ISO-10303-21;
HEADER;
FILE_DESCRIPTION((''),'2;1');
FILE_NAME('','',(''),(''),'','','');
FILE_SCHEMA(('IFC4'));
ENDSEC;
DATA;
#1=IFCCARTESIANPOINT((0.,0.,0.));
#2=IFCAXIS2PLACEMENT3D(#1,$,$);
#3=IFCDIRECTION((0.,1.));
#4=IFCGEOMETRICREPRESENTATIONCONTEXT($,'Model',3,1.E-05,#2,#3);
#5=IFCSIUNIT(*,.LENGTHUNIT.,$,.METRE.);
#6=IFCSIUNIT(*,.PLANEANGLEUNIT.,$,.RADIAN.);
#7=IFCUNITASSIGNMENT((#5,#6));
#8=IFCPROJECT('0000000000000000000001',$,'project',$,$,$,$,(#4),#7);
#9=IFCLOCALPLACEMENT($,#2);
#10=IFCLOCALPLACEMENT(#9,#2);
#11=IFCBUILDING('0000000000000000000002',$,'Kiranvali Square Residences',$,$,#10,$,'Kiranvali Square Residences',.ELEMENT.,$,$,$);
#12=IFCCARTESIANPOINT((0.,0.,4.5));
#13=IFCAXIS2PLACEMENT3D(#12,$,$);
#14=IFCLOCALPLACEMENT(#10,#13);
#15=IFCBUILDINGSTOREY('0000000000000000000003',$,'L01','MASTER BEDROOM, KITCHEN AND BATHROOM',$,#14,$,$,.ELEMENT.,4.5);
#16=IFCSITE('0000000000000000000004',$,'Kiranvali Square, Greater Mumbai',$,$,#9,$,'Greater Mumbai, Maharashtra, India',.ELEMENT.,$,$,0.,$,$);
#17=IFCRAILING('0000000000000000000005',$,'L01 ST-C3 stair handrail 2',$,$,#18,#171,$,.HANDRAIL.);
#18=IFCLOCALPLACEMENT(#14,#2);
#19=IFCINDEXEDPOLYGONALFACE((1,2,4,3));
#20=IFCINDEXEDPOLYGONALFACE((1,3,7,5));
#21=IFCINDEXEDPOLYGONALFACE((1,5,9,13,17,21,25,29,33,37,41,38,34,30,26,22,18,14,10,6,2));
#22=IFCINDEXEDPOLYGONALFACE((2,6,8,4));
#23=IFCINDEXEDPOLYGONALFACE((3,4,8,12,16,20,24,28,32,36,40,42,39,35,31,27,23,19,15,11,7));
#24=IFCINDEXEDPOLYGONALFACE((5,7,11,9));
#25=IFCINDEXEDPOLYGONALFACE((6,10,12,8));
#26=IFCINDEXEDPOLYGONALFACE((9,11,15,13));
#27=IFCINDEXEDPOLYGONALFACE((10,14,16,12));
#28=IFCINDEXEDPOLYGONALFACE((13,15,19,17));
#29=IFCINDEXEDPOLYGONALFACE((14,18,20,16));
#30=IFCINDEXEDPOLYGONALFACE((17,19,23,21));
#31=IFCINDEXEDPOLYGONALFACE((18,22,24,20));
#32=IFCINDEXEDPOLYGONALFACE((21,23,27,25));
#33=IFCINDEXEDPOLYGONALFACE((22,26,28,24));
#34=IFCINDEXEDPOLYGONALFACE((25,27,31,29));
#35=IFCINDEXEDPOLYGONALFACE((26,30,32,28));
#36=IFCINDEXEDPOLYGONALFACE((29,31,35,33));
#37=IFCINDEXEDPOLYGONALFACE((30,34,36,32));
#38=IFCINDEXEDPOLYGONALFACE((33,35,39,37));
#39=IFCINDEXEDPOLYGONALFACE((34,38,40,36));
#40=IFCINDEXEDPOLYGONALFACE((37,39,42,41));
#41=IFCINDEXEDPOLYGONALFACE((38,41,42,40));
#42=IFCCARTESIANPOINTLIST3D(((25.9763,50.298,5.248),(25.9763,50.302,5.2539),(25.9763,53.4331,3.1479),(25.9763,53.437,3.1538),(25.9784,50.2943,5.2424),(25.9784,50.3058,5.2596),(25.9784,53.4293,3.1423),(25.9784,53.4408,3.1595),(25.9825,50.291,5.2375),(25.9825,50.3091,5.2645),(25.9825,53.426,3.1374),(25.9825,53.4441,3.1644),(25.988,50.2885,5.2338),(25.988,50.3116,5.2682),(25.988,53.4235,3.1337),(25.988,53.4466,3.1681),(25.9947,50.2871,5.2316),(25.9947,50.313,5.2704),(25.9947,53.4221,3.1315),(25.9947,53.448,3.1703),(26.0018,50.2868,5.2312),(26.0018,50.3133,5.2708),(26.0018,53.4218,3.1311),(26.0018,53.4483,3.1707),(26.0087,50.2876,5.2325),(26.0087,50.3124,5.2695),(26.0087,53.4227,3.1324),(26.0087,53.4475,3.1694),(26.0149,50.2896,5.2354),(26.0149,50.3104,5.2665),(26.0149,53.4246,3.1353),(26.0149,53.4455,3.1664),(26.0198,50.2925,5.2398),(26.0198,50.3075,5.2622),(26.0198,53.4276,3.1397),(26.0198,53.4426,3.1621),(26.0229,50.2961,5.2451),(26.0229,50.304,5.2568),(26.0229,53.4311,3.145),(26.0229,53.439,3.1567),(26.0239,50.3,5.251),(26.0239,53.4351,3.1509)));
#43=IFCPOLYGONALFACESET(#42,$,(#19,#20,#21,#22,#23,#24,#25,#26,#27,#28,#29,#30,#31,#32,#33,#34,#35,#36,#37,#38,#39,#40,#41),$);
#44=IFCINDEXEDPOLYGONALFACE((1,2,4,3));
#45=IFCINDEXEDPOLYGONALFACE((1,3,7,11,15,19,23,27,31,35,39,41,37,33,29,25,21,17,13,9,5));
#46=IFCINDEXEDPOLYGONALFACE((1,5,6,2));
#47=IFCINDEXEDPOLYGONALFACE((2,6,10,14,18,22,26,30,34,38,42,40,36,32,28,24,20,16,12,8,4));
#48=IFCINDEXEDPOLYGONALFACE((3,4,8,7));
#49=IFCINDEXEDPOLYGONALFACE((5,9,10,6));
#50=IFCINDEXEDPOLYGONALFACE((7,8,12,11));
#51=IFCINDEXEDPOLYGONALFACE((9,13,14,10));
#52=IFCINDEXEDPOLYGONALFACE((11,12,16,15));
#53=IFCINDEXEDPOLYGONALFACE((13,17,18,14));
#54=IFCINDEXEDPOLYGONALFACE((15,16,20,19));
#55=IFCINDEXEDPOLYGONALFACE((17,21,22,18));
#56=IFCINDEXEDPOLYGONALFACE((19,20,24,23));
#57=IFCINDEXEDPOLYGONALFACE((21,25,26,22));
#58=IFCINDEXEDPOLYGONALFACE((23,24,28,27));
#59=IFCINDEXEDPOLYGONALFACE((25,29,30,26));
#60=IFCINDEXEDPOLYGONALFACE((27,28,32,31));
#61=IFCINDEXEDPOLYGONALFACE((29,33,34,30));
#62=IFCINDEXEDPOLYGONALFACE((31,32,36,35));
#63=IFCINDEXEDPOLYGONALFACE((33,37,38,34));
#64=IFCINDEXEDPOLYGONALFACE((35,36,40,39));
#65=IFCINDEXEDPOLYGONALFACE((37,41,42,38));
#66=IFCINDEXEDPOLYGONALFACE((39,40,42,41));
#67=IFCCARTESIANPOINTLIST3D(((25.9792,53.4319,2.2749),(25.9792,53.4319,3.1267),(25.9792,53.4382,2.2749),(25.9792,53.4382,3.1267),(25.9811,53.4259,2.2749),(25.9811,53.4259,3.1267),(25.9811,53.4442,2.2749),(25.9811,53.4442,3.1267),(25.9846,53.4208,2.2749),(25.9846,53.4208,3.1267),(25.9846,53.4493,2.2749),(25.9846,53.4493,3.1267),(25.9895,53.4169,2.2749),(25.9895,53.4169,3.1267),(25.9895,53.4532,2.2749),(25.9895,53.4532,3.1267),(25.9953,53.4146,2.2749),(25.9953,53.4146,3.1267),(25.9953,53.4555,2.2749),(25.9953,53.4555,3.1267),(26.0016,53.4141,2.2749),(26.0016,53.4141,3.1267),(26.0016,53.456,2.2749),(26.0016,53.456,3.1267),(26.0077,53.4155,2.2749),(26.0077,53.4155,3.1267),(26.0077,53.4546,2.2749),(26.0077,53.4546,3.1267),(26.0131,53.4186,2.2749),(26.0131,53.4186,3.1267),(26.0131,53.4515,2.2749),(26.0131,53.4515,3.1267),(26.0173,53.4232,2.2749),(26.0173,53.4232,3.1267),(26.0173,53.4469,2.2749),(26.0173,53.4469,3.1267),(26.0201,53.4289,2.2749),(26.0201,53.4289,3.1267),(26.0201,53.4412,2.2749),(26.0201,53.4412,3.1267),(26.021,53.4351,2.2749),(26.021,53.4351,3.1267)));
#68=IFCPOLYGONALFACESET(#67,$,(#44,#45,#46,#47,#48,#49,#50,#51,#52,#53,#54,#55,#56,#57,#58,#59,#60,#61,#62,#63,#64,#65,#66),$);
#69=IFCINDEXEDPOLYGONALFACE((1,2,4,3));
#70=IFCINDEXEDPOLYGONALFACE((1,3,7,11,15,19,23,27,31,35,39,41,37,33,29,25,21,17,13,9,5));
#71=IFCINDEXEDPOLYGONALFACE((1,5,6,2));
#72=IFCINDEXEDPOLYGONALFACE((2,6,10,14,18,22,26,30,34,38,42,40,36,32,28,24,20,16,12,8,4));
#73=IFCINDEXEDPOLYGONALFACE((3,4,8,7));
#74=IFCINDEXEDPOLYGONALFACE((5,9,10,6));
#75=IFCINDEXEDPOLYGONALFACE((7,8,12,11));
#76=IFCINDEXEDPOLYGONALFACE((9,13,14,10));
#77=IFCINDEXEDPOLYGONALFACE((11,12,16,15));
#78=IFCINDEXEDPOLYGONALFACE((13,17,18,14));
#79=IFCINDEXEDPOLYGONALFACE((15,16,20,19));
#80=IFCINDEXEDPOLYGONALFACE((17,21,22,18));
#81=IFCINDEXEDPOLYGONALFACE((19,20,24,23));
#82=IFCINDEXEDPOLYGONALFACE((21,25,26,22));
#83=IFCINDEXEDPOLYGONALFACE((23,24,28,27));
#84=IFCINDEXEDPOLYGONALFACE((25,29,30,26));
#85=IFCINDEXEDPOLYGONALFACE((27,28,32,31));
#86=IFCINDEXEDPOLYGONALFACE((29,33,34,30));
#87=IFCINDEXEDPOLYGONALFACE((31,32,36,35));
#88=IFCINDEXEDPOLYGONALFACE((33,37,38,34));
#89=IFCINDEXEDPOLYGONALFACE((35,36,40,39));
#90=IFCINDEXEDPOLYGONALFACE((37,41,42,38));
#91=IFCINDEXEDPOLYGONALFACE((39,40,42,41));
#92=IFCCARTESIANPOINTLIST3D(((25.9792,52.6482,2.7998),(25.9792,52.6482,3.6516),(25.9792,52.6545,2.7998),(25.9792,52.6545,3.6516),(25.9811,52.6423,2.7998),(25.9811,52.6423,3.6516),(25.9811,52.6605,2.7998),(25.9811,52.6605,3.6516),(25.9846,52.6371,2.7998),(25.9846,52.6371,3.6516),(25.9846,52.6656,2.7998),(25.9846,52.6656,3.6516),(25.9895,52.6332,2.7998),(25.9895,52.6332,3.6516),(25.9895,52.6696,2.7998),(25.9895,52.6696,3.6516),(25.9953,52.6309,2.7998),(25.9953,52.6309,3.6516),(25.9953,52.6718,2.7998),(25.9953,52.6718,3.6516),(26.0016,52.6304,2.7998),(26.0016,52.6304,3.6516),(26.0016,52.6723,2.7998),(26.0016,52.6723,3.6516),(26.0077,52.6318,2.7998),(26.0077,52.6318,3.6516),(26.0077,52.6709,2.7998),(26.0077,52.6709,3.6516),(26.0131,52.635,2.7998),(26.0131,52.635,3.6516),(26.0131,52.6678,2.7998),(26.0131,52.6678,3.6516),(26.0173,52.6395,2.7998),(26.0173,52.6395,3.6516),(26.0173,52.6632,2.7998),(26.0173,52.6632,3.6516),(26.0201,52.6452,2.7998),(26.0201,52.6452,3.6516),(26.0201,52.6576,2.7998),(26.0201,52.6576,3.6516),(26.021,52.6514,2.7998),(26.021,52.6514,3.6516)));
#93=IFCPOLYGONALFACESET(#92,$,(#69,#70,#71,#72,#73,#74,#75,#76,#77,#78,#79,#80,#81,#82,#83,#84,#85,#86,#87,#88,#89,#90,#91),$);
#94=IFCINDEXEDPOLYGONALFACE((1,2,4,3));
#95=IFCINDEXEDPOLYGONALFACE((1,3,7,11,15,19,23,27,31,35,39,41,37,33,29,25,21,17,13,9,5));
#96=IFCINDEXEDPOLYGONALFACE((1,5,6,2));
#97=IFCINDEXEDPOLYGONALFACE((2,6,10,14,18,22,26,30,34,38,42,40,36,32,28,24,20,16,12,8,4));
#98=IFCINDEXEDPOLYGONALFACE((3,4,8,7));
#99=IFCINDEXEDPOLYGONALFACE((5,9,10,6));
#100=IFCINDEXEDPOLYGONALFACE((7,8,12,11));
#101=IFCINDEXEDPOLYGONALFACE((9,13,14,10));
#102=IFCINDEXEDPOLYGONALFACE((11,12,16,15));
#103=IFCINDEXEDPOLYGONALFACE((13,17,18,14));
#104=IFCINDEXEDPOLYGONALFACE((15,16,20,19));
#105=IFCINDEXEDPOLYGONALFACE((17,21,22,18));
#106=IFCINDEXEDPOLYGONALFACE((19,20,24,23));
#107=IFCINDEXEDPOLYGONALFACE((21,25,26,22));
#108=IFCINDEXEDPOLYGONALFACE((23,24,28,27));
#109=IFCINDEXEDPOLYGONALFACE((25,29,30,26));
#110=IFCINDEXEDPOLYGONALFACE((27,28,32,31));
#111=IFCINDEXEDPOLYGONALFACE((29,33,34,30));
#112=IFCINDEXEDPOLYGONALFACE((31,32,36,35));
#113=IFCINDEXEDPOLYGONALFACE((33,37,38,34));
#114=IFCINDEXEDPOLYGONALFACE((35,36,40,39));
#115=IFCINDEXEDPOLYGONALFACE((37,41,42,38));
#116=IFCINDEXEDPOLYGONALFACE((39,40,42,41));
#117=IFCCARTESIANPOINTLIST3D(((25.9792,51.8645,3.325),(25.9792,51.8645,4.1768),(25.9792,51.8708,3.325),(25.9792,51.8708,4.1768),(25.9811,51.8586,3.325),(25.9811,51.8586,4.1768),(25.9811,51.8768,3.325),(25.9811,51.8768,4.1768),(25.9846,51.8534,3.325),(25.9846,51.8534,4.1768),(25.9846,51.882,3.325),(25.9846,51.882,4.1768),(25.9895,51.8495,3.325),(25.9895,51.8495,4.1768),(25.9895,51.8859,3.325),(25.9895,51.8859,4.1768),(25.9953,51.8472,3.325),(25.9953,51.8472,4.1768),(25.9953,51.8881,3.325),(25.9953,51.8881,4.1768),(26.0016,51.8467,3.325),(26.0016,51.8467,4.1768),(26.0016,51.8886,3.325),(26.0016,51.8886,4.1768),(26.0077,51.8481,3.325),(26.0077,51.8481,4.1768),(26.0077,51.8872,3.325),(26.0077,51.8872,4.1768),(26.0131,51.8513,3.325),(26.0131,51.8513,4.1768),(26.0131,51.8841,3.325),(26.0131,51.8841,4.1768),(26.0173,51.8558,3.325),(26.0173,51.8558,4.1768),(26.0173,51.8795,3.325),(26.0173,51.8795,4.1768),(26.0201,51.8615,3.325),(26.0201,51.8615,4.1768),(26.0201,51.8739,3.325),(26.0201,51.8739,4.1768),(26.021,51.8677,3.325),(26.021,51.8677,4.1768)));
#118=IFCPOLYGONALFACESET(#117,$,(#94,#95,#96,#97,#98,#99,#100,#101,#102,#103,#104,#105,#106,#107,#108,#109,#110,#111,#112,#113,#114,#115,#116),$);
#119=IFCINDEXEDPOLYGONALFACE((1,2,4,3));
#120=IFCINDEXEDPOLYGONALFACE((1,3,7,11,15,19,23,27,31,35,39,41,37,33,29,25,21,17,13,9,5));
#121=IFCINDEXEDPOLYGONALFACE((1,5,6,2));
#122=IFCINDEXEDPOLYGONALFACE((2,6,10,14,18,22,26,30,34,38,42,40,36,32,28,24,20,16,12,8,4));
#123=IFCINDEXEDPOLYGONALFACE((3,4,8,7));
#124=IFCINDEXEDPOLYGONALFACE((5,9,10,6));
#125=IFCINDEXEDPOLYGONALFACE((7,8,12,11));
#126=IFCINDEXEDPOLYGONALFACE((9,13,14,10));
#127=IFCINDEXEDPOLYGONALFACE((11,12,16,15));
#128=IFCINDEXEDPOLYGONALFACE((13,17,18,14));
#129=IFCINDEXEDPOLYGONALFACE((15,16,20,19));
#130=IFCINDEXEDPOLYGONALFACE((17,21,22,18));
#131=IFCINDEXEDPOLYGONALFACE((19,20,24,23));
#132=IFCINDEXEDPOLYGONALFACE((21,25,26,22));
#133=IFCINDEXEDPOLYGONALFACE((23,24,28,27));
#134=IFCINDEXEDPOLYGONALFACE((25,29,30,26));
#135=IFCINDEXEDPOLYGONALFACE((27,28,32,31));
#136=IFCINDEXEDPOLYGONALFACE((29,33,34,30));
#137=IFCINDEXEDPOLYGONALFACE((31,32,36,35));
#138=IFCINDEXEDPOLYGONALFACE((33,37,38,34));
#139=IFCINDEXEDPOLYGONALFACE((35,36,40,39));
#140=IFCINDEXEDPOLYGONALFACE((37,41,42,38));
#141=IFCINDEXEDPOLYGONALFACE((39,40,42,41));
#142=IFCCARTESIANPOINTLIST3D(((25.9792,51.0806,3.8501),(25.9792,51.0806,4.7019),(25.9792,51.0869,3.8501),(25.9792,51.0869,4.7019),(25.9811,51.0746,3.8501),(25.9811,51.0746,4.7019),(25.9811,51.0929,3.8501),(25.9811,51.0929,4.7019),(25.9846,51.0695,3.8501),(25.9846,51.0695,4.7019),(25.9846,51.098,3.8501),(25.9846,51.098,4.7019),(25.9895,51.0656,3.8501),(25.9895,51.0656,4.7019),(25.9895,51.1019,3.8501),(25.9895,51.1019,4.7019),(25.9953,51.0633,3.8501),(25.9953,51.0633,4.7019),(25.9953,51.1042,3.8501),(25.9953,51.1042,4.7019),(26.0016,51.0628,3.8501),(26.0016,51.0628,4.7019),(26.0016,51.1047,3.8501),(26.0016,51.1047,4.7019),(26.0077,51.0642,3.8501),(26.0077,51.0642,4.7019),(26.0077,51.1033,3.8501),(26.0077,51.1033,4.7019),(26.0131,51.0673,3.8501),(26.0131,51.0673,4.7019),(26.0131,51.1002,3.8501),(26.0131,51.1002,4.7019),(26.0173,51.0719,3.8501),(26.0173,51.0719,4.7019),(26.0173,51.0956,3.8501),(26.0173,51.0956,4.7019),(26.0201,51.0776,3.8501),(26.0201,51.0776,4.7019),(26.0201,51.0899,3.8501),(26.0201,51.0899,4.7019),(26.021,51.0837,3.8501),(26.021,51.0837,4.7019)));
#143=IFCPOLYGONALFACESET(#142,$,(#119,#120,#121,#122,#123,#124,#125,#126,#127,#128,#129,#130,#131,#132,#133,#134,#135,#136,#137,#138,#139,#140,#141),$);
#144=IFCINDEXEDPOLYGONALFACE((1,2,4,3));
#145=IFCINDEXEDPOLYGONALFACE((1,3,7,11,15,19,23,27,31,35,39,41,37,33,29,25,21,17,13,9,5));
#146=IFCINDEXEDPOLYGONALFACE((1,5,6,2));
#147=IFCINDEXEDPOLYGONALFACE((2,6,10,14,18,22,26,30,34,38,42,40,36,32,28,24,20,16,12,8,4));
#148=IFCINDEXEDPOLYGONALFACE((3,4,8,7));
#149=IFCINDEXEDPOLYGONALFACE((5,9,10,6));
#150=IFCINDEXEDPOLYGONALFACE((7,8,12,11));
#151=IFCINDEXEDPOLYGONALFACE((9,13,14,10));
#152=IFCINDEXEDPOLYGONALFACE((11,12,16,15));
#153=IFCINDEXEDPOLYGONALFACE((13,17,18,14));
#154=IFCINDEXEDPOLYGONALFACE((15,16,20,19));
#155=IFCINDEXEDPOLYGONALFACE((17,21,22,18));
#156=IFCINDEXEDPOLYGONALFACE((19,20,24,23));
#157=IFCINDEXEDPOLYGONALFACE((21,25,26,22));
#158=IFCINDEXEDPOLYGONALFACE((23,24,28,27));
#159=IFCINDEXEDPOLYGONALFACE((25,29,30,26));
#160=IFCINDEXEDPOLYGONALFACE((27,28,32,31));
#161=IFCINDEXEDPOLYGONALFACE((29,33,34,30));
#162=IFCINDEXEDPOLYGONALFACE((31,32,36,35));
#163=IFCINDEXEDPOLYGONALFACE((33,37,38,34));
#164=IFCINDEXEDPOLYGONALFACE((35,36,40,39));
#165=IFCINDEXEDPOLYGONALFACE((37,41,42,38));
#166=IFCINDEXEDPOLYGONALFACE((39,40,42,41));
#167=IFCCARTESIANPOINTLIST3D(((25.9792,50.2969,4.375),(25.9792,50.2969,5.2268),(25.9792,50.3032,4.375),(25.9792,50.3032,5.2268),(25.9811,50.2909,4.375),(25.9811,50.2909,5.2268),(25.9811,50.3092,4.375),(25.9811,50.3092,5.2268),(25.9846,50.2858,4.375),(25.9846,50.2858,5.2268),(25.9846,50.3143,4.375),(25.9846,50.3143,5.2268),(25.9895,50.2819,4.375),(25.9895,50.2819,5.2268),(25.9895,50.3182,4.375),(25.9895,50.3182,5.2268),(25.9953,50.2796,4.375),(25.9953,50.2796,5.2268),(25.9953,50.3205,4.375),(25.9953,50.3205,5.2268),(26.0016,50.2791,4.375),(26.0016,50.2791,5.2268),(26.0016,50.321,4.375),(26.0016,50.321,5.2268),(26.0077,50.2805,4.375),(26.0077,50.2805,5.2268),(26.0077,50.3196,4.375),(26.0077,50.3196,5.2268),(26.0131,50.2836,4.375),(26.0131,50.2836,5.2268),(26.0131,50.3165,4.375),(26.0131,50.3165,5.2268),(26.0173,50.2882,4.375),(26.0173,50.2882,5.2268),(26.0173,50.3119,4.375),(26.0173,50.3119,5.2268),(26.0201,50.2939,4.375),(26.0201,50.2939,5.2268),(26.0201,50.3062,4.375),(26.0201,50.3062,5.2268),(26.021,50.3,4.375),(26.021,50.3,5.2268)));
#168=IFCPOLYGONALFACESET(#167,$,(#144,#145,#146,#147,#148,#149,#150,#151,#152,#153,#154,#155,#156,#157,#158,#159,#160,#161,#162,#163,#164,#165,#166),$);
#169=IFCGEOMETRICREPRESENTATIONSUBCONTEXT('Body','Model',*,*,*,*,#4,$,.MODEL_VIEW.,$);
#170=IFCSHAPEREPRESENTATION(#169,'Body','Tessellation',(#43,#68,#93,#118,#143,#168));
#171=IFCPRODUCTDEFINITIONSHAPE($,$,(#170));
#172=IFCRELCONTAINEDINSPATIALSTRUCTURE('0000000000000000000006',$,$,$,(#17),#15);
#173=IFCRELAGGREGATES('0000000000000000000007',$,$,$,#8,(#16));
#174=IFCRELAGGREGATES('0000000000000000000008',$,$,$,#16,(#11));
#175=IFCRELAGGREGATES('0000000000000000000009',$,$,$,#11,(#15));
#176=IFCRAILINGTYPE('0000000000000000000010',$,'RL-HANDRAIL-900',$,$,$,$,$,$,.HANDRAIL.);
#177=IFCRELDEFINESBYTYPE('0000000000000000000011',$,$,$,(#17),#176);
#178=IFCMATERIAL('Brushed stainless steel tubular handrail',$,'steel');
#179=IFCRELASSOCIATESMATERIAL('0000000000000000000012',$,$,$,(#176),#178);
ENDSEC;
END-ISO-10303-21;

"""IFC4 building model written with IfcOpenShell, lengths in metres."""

from ifc_helpers import new_model, si_unit, direction, frame, origin, origin_2d, place, context, subcontext, project, spatial, circle, extrude, material, type_object, element, save


model = new_model("IFC4")

# Units and contexts
model_context = context("Model", 3, precision=1e-05, world=origin(), true_north=direction((0.0, 1.0)))
body_context = subcontext(model_context, "Body", "Model", "MODEL_VIEW")
ifc_project = project(units=[si_unit("LENGTHUNIT", "METRE"), si_unit("PLANEANGLEUNIT", "RADIAN")], contexts=[model_context])

# Site, building, storey
site_placement = place(None, origin())
site = spatial("IfcSite", under=ifc_project, at=site_placement, Name="Kiranvali Square, Greater Mumbai", LongName="Greater Mumbai, Maharashtra, India", CompositionType="ELEMENT", RefElevation=0.0)
building_placement = place(site_placement, origin())
building = spatial("IfcBuilding", under=site, at=building_placement, Name="Kiranvali Square Residences", LongName="Kiranvali Square Residences", CompositionType="ELEMENT")
storey_placement = place(building_placement, frame((0.0, 0.0, 4.5)))
storey = spatial("IfcBuildingStorey", under=building, at=storey_placement, Name="L01", Description="MASTER BEDROOM, KITCHEN AND BATHROOM", CompositionType="ELEMENT", Elevation=4.5)

# Railing
ifc_material_1 = material(Name="Brushed stainless steel tubular handrail", Category="steel")
railing_type_1 = type_object("IfcRailingType", Name="RL-HANDRAIL-900", PredefinedType="HANDRAIL", material=ifc_material_1)
railing_1_placement = place(storey_placement, frame((26.0, 53.4351, 2.2749)))
element("IfcRailing", 1, at=railing_1_placement, inside=storey, type_object=railing_type_1, Name="L01 ST-C3 stair handrail 2", PredefinedType="HANDRAIL", context=body_context, shape_type="SweptSolid", body=[
    extrude(circle(Radius=0.0239, at=origin_2d()), frame((0.0, 0.0, 0.876), z_axis=(0.0, -0.830814, 0.55655), x_axis=(1.0, 0.0, 0.0)), (0.0, 0.0, 1.0), 3.7734),
    extrude(circle(Radius=0.021, at=origin_2d()), origin(), (0.0, 0.0, 1.0), 0.8518),
    extrude(circle(Radius=0.021, at=origin_2d()), frame((0.0, -0.7837, 0.5249)), (0.0, 0.0, 1.0), 0.8518),
    extrude(circle(Radius=0.021, at=origin_2d()), frame((0.0, -1.5674, 1.05)), (0.0, 0.0, 1.0), 0.8518),
    extrude(circle(Radius=0.021, at=origin_2d()), frame((0.0, -2.3513, 1.5752)), (0.0, 0.0, 1.0), 0.8518),
    extrude(circle(Radius=0.021, at=origin_2d()), frame((0.0, -3.135, 2.1001)), (0.0, 0.0, 1.0), 0.8518),
])

save(model, "model.ifc")
